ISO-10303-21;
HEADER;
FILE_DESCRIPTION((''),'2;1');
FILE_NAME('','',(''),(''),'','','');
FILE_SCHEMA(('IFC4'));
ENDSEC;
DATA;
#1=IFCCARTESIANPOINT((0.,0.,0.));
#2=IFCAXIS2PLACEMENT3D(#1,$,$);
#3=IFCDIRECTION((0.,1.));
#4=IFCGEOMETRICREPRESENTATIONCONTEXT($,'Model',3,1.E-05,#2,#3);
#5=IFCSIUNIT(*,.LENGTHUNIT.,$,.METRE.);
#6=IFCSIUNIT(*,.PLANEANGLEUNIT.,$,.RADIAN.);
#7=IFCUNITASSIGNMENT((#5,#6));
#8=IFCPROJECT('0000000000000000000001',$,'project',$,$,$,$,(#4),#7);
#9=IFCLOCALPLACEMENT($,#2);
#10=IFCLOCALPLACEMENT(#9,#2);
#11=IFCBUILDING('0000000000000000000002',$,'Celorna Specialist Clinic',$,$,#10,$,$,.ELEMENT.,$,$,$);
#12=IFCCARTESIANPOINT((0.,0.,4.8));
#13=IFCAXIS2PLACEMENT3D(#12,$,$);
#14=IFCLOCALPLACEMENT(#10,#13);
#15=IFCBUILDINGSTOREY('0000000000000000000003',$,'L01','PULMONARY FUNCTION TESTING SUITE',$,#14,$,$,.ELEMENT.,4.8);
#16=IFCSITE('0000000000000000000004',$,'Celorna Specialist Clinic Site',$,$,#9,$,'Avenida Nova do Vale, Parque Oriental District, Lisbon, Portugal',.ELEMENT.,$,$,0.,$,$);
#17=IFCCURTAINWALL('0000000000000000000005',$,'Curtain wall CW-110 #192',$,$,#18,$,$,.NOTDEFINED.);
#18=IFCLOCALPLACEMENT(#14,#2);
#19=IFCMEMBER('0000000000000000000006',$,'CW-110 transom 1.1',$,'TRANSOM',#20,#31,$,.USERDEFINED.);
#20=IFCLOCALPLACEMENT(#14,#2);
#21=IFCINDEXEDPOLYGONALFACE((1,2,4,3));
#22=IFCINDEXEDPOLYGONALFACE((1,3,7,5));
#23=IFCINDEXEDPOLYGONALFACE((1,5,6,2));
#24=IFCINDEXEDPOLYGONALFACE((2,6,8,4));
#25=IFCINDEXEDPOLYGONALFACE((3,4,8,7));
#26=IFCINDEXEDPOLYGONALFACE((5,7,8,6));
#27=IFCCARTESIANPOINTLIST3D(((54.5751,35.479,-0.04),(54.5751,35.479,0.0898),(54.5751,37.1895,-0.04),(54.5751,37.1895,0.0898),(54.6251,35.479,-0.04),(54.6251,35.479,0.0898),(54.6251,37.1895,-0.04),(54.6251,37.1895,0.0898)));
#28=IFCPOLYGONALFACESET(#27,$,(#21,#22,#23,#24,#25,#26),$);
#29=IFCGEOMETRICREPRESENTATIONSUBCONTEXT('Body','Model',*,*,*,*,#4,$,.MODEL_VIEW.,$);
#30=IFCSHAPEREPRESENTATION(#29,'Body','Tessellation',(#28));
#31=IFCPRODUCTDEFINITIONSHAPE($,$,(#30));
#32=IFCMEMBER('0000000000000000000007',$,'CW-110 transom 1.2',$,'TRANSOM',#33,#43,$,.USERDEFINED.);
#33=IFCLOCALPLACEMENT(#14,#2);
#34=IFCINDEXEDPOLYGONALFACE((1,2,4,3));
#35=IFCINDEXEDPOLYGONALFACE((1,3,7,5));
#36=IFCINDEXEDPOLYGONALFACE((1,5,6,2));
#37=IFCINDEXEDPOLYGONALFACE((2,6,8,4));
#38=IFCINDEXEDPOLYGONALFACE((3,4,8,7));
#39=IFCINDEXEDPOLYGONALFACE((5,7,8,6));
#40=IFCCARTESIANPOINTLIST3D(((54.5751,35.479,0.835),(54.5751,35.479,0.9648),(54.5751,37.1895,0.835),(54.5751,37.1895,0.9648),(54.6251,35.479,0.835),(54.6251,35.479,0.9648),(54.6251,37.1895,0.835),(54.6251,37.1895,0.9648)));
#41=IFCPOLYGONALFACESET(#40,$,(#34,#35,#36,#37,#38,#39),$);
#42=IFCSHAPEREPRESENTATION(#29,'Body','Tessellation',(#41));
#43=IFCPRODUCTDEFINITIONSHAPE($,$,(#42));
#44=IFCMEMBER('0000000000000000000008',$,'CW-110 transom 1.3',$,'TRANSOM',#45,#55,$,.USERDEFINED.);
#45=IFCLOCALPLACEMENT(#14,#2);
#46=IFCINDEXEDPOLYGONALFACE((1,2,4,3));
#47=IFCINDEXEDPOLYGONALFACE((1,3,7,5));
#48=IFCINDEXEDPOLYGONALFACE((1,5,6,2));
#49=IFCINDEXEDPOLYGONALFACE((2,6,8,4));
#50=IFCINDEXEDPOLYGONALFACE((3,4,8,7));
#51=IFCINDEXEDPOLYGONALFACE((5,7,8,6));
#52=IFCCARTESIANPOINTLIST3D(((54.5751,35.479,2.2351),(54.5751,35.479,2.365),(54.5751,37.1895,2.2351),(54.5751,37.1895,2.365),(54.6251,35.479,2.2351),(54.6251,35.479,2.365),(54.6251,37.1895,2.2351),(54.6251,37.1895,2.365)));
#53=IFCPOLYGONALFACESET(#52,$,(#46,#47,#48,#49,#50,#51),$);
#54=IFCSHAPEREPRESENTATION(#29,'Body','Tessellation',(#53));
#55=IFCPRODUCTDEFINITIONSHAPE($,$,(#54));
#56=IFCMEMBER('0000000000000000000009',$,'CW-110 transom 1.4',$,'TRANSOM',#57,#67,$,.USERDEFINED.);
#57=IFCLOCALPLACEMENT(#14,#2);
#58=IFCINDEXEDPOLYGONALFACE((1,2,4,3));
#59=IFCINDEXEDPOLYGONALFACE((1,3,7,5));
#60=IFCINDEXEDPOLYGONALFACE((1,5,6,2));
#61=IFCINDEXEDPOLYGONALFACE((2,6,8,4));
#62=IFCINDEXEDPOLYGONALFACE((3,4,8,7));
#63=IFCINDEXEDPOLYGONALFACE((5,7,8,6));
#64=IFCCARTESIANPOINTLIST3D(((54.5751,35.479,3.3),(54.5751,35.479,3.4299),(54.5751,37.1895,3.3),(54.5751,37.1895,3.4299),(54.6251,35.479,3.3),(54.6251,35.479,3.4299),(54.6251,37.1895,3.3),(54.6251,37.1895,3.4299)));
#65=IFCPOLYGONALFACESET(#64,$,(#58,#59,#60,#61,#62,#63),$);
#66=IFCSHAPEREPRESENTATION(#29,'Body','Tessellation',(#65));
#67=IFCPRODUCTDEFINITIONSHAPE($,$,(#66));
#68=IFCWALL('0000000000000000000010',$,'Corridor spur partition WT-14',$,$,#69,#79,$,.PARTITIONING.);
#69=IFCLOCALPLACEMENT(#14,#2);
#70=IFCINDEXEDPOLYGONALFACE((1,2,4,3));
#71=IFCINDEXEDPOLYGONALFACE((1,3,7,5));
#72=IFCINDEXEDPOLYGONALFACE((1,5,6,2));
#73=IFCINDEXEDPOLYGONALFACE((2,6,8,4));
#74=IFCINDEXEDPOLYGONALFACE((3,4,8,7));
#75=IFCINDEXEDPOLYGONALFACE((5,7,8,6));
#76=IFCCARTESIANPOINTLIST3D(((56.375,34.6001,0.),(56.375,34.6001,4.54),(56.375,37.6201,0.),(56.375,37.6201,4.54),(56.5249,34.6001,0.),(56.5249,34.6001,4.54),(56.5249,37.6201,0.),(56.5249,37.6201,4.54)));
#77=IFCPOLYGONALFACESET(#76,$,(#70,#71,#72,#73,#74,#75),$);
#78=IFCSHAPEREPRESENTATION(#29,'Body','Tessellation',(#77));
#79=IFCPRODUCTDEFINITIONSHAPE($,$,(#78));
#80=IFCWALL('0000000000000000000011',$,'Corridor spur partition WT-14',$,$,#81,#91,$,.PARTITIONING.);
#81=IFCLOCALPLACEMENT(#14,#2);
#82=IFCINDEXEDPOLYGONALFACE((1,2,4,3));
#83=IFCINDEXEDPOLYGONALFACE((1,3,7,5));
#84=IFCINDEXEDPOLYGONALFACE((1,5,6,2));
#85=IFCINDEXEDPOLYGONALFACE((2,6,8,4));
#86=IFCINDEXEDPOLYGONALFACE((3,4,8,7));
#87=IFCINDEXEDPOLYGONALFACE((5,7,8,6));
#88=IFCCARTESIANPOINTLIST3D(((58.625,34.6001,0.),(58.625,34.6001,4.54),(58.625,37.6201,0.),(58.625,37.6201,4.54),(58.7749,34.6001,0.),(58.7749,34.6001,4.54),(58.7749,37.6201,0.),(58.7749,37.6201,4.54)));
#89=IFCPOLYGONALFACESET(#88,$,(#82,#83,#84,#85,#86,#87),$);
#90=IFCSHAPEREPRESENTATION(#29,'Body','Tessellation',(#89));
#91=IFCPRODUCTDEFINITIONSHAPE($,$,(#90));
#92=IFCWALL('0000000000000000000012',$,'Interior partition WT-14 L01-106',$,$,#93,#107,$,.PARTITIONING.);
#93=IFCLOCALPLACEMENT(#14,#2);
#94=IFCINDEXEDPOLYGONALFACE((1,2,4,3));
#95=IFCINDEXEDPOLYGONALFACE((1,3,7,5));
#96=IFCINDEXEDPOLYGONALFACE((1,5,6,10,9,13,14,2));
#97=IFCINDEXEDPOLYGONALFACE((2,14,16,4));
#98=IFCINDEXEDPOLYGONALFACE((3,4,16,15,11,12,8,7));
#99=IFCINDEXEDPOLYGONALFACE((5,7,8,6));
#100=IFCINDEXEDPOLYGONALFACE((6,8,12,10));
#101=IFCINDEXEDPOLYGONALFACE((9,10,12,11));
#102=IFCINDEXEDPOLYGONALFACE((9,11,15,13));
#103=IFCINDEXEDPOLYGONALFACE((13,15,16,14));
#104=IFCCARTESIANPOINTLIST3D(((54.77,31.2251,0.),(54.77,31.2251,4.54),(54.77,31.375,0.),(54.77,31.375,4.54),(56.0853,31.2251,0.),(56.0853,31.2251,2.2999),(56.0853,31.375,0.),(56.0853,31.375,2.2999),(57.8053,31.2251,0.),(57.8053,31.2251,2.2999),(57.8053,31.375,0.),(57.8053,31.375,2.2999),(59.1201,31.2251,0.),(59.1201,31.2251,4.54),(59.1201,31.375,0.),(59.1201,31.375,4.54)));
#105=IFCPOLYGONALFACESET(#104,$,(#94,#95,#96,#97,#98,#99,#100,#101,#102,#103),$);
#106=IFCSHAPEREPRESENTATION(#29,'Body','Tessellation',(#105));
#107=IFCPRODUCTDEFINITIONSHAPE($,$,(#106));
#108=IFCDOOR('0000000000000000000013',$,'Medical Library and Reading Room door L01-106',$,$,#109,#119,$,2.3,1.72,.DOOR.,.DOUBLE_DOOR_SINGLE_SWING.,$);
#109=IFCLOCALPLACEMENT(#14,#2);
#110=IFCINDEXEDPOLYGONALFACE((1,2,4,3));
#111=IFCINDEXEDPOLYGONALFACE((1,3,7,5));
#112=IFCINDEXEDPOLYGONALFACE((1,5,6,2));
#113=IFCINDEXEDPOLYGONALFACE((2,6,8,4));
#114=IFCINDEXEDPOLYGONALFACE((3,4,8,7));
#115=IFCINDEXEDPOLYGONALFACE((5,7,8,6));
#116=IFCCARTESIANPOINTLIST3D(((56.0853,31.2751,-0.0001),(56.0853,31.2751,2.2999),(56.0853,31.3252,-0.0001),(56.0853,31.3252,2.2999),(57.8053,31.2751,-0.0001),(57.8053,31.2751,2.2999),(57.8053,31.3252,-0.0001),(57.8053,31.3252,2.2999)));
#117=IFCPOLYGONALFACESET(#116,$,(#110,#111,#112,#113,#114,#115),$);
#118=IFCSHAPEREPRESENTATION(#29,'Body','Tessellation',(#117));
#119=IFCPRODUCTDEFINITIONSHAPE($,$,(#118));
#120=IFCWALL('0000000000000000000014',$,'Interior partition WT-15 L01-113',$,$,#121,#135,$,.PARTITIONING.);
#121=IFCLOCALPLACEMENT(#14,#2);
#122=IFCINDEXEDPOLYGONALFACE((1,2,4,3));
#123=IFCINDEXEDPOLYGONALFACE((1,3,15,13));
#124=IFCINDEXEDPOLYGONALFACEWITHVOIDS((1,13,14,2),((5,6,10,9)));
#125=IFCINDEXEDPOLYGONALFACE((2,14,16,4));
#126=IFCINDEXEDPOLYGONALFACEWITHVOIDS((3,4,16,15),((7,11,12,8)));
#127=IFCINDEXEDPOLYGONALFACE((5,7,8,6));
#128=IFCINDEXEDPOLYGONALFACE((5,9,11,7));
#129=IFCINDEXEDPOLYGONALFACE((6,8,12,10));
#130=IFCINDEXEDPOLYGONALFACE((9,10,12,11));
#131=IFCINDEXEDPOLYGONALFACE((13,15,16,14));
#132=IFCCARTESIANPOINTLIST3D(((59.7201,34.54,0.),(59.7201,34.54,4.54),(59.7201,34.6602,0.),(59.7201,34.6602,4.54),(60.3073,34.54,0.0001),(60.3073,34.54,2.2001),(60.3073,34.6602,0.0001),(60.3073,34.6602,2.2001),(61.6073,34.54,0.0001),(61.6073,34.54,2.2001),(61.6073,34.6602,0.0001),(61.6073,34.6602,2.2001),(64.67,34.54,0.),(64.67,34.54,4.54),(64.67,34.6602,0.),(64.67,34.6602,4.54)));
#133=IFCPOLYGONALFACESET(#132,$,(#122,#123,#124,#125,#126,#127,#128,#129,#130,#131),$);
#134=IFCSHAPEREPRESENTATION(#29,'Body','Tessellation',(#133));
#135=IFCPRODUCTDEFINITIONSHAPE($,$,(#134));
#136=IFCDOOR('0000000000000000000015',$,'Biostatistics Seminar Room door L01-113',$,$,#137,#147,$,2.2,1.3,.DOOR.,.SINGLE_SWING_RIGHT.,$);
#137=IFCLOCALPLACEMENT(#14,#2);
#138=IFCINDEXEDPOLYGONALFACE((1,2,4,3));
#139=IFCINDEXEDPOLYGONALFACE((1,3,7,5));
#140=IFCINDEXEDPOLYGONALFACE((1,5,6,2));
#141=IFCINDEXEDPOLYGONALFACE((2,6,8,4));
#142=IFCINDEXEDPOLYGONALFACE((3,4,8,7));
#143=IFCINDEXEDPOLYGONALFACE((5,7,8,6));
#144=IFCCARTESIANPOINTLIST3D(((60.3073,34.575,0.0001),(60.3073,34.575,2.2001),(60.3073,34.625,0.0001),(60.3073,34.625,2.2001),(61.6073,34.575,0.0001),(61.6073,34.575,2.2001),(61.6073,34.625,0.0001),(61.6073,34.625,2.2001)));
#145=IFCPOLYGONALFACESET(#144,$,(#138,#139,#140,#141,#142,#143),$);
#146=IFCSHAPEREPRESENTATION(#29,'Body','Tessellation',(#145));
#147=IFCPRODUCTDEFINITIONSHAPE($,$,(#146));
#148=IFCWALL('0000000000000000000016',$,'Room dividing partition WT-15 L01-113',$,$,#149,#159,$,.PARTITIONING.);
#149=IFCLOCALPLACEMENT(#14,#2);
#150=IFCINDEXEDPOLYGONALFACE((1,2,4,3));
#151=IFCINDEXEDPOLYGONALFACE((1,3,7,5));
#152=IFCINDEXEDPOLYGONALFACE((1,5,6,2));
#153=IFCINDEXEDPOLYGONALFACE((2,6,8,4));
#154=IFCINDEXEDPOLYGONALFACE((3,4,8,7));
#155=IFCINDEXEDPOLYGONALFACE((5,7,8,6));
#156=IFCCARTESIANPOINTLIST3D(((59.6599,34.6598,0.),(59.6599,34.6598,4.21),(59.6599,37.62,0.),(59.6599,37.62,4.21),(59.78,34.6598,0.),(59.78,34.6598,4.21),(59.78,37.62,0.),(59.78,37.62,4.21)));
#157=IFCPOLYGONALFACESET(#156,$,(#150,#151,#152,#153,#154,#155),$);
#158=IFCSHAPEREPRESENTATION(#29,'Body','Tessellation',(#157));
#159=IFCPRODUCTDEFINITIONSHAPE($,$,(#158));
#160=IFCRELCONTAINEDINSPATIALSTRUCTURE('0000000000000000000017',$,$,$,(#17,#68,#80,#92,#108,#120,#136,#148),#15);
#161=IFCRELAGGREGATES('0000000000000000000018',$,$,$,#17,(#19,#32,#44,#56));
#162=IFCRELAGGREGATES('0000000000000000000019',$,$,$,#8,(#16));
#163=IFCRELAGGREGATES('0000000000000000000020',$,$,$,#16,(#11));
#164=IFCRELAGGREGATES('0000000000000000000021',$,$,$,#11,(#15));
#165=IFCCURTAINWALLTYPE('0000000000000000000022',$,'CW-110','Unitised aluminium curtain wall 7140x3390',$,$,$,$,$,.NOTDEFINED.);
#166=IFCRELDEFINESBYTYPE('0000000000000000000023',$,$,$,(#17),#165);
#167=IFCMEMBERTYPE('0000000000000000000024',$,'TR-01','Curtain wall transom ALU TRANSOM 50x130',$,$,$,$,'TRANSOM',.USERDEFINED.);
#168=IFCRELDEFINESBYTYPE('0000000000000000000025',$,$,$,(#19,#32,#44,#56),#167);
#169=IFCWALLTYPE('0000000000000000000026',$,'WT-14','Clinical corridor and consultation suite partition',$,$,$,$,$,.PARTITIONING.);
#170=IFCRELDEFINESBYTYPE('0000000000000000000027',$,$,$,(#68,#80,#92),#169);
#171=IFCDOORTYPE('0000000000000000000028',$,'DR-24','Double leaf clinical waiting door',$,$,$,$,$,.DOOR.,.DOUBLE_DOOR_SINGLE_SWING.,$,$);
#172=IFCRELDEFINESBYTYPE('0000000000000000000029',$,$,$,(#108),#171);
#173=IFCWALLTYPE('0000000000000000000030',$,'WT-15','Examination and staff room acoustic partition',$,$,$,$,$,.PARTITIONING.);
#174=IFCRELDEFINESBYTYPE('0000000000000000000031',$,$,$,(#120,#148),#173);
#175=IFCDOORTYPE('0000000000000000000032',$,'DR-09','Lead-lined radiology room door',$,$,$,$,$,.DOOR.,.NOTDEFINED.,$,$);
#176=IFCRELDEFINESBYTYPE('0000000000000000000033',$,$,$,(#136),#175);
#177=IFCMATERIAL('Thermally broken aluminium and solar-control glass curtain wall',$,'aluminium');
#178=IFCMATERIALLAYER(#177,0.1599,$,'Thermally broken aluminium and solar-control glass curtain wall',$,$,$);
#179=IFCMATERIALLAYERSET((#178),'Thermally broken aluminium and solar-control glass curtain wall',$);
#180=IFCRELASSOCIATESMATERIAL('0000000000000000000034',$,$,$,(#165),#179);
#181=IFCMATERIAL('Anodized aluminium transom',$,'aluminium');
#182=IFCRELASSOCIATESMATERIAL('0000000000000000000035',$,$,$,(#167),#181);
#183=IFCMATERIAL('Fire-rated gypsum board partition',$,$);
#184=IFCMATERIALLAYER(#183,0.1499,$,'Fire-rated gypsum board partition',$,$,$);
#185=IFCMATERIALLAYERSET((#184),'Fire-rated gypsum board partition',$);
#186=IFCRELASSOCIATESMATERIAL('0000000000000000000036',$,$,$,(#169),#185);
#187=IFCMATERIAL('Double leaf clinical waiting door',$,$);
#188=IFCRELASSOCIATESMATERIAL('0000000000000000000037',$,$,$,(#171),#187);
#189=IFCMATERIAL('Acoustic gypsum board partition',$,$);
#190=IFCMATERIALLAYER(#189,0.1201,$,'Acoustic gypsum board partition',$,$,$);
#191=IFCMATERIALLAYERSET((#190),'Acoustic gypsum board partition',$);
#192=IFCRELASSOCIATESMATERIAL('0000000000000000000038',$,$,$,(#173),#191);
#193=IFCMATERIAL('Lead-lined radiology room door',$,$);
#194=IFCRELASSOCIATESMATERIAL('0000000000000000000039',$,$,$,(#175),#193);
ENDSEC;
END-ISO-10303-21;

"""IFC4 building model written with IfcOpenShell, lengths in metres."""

from ifc_helpers import new_model, si_unit, direction, frame, frame_2d, origin, origin_2d, place, context, subcontext, project, spatial, rectangle, extrude, material, layer, layer_set, material_profile, profile_set, type_object, element, fill, aggregate, save


model = new_model("IFC4")

# Units and contexts
model_context = context("Model", 3, precision=1e-05, world=origin(), true_north=direction((0.0, 1.0)))
body_context = subcontext(model_context, "Body", "Model", "MODEL_VIEW")
ifc_project = project(units=[si_unit("LENGTHUNIT", "METRE"), si_unit("PLANEANGLEUNIT", "RADIAN")], contexts=[model_context])

# Site, building, storey
site_placement = place(None, origin())
site = spatial("IfcSite", under=ifc_project, at=site_placement, Name="Celorna Specialist Clinic Site", LongName="Avenida Nova do Vale, Parque Oriental District, Lisbon, Portugal", CompositionType="ELEMENT", RefElevation=0.0)
building_placement = place(site_placement, origin())
building = spatial("IfcBuilding", under=site, at=building_placement, Name="Celorna Specialist Clinic", CompositionType="ELEMENT")
storey_placement = place(building_placement, frame((0.0, 0.0, 4.8)))
storey = spatial("IfcBuildingStorey", under=building, at=storey_placement, Name="L01", Description="PULMONARY FUNCTION TESTING SUITE", CompositionType="ELEMENT", Elevation=4.8)

# Curtain wall, members
ifc_material_1 = material(Name="Thermally broken aluminium and solar-control glass curtain wall", Category="aluminium")
ifc_layer_1 = layer(ifc_material_1, 0.1599, Name="Thermally broken aluminium and solar-control glass curtain wall")
ifc_layer_set_1 = layer_set([ifc_layer_1], Name="Thermally broken aluminium and solar-control glass curtain wall")
curtain_wall_type = type_object("IfcCurtainWallType", Name="CW-110", Description="Unitised aluminium curtain wall 7140x3390", PredefinedType="NOTDEFINED", material=ifc_layer_set_1)
curtain_wall_placement = place(storey_placement, origin())
curtain_wall = element("IfcCurtainWall", 1, at=curtain_wall_placement, inside=storey, type_object=curtain_wall_type, Name="Curtain wall CW-110 #192", PredefinedType="NOTDEFINED")
ifc_material_2 = material(Name="Anodized aluminium transom", Category="aluminium")
ifc_material_profile_1 = material_profile(ifc_material_2, rectangle(XDim=0.05, YDim=0.1299, at=origin_2d()), Name="ALU TRANSOM 50x130")
ifc_profile_set_1 = profile_set([ifc_material_profile_1], Name="Anodized aluminium transom")
member_type_1 = type_object("IfcMemberType", Name="TR-01", Description="Curtain wall transom ALU TRANSOM 50x130", ElementType="TRANSOM", PredefinedType="USERDEFINED", material=ifc_profile_set_1)
member_1_placement = place(storey_placement, frame((54.6001, 35.479, 0.0249), z_axis=(0.0, 1.0, 0.0), x_axis=(-1.0, 0.0, 0.0)))
member_1 = element("IfcMember", 2, at=member_1_placement, type_object=member_type_1, Name="CW-110 transom 1.1", ObjectType="TRANSOM", PredefinedType="USERDEFINED", context=body_context, shape_type="SweptSolid", body=[
    extrude(rectangle(XDim=0.05, YDim=0.1299, at=origin_2d()), origin(), (0.0, 0.0, 1.0), 1.7104),
])
member_2_placement = place(storey_placement, frame((54.6001, 35.479, 0.8999), z_axis=(0.0, 1.0, 0.0), x_axis=(-1.0, 0.0, 0.0)))
member_2 = element("IfcMember", 3, at=member_2_placement, type_object=member_type_1, Name="CW-110 transom 1.2", ObjectType="TRANSOM", PredefinedType="USERDEFINED", context=body_context, shape_type="SweptSolid", body=[
    extrude(rectangle(XDim=0.05, YDim=0.1299, at=origin_2d()), origin(), (0.0, 0.0, 1.0), 1.7104),
])
member_3_placement = place(storey_placement, frame((54.6001, 35.479, 2.3), z_axis=(0.0, 1.0, 0.0), x_axis=(-1.0, 0.0, 0.0)))
member_3 = element("IfcMember", 4, at=member_3_placement, type_object=member_type_1, Name="CW-110 transom 1.3", ObjectType="TRANSOM", PredefinedType="USERDEFINED", context=body_context, shape_type="SweptSolid", body=[
    extrude(rectangle(XDim=0.05, YDim=0.1299, at=origin_2d()), origin(), (0.0, 0.0, 1.0), 1.7104),
])
member_4_placement = place(storey_placement, frame((54.6001, 35.479, 3.365), z_axis=(0.0, 1.0, 0.0), x_axis=(-1.0, 0.0, 0.0)))
member_4 = element("IfcMember", 5, at=member_4_placement, type_object=member_type_1, Name="CW-110 transom 1.4", ObjectType="TRANSOM", PredefinedType="USERDEFINED", context=body_context, shape_type="SweptSolid", body=[
    extrude(rectangle(XDim=0.05, YDim=0.1299, at=origin_2d()), origin(), (0.0, 0.0, 1.0), 1.7104),
])
aggregate(curtain_wall, [member_1, member_2, member_3, member_4])

# Walls
ifc_material_3 = material(Name="Fire-rated gypsum board partition")
ifc_layer_2 = layer(ifc_material_3, 0.1499, Name="Fire-rated gypsum board partition")
ifc_layer_set_2 = layer_set([ifc_layer_2], Name="Fire-rated gypsum board partition")
wall_type_1 = type_object("IfcWallType", Name="WT-14", Description="Clinical corridor and consultation suite partition", PredefinedType="PARTITIONING", material=ifc_layer_set_2)
for number, where, z_axis, x_axis, name in (
    (6, (56.45, 34.6001, 0.0), (0.0, 0.0, 1.0), (0.0, 1.0, 0.0), "Corridor spur partition WT-14"),
    (7, (58.7, 34.6001, 0.0), (0.0, 0.0, 1.0), (0.0, 1.0, 0.0), "Corridor spur partition WT-14"),
):
    element("IfcWall", number, at=place(storey_placement, frame(where, z_axis=z_axis, x_axis=x_axis)), inside=storey, type_object=wall_type_1, Name=name, PredefinedType="PARTITIONING", context=body_context, shape_type="SweptSolid", body=[
        extrude(rectangle(XDim=3.02, YDim=0.1499, at=frame_2d((1.51, 0.0))), origin(), (0.0, 0.0, 1.0), 4.54),
    ])

# Walls, openings, doors
wall_1_placement = place(storey_placement, frame((59.1201, 31.3, 0.0), z_axis=(0.0, 0.0, 1.0), x_axis=(-1.0, 0.0, 0.0)))
wall_1 = element("IfcWall", 8, at=wall_1_placement, inside=storey, type_object=wall_type_1, Name="Interior partition WT-14 L01-106", PredefinedType="PARTITIONING", context=body_context, shape_type="SweptSolid", body=[
    extrude(rectangle(XDim=4.3501, YDim=0.1499, at=frame_2d((2.175, 0.0))), origin(), (0.0, 0.0, 1.0), 4.54),
])
opening_1_placement = place(wall_1_placement, frame((1.3149, 0.0, 0.0)))
opening_1 = element("IfcOpeningElement", 9, at=opening_1_placement, cuts=wall_1, PredefinedType="OPENING", context=body_context, shape_type="SweptSolid", body=[
    extrude(rectangle(XDim=1.72, YDim=2.3, at=frame_2d((0.8599, 1.1499))), frame((0.0, 0.085, 0.0), z_axis=(0.0, -1.0, 0.0), x_axis=(1.0, 0.0, 0.0)), (0.0, 0.0, 1.0), 0.1699),
])
ifc_material_4 = material(Name="Double leaf clinical waiting door")
door_type_1 = type_object("IfcDoorType", Name="DR-24", Description="Double leaf clinical waiting door", OperationType="DOUBLE_DOOR_SINGLE_SWING", PredefinedType="DOOR", material=ifc_material_4)
door_1_placement = place(opening_1_placement, origin())
door_1 = element("IfcDoor", 10, at=door_1_placement, inside=storey, type_object=door_type_1, Name="Medical Library and Reading Room door L01-106", OperationType="DOUBLE_DOOR_SINGLE_SWING", OverallHeight=2.3, OverallWidth=1.72, PredefinedType="DOOR", context=body_context, shape_type="SweptSolid", body=[
    extrude(rectangle(XDim=1.72, YDim=2.3, at=frame_2d((0.8599, 1.1499))), frame((0.0, 0.0249, 0.0), z_axis=(0.0, -1.0, 0.0), x_axis=(1.0, 0.0, 0.0)), (0.0, 0.0, 1.0), 0.05),
])
fill(opening_1, door_1)
ifc_material_5 = material(Name="Acoustic gypsum board partition")
ifc_layer_3 = layer(ifc_material_5, 0.1201, Name="Acoustic gypsum board partition")
ifc_layer_set_3 = layer_set([ifc_layer_3], Name="Acoustic gypsum board partition")
wall_type_2 = type_object("IfcWallType", Name="WT-15", Description="Examination and staff room acoustic partition", PredefinedType="PARTITIONING", material=ifc_layer_set_3)
wall_2_placement = place(storey_placement, frame((59.72, 34.6001, 0.0), z_axis=(0.0, 0.0, 1.0), x_axis=(1.0, 0.0, 0.0)))
wall_2 = element("IfcWall", 11, at=wall_2_placement, inside=storey, type_object=wall_type_2, Name="Interior partition WT-15 L01-113", PredefinedType="PARTITIONING", context=body_context, shape_type="SweptSolid", body=[
    extrude(rectangle(XDim=4.95, YDim=0.1201, at=frame_2d((2.4751, 0.0))), origin(), (0.0, 0.0, 1.0), 4.54),
])
opening_2_placement = place(wall_2_placement, frame((0.5874, 0.0, 0.0)))
opening_2 = element("IfcOpeningElement", 12, at=opening_2_placement, cuts=wall_2, PredefinedType="OPENING", context=body_context, shape_type="SweptSolid", body=[
    extrude(rectangle(XDim=1.3, YDim=2.2, at=frame_2d((0.6499, 1.1001))), frame((0.0, 0.0701, 0.0), z_axis=(0.0, -1.0, 0.0), x_axis=(1.0, 0.0, 0.0)), (0.0, 0.0, 1.0), 0.1401),
])
ifc_material_6 = material(Name="Lead-lined radiology room door")
door_type_2 = type_object("IfcDoorType", Name="DR-09", Description="Lead-lined radiology room door", OperationType="NOTDEFINED", PredefinedType="DOOR", material=ifc_material_6)
door_2_placement = place(opening_2_placement, origin())
door_2 = element("IfcDoor", 13, at=door_2_placement, inside=storey, type_object=door_type_2, Name="Biostatistics Seminar Room door L01-113", OperationType="SINGLE_SWING_RIGHT", OverallHeight=2.2, OverallWidth=1.3, PredefinedType="DOOR", context=body_context, shape_type="SweptSolid", body=[
    extrude(rectangle(XDim=1.3, YDim=2.2, at=frame_2d((0.6499, 1.1001))), frame((0.0, 0.0249, 0.0), z_axis=(0.0, -1.0, 0.0), x_axis=(1.0, 0.0, 0.0)), (0.0, 0.0, 1.0), 0.05),
])
fill(opening_2, door_2)

# Wall
wall_3_placement = place(storey_placement, frame((59.72, 34.6599, 0.0), z_axis=(0.0, 0.0, 1.0), x_axis=(0.0, 1.0, 0.0)))
element("IfcWall", 14, at=wall_3_placement, inside=storey, type_object=wall_type_2, Name="Room dividing partition WT-15 L01-113", PredefinedType="PARTITIONING", context=body_context, shape_type="SweptSolid", body=[
    extrude(rectangle(XDim=2.9602, YDim=0.1201, at=frame_2d((1.48, 0.0))), origin(), (0.0, 0.0, 1.0), 4.21),
])

save(model, "model.ifc")
